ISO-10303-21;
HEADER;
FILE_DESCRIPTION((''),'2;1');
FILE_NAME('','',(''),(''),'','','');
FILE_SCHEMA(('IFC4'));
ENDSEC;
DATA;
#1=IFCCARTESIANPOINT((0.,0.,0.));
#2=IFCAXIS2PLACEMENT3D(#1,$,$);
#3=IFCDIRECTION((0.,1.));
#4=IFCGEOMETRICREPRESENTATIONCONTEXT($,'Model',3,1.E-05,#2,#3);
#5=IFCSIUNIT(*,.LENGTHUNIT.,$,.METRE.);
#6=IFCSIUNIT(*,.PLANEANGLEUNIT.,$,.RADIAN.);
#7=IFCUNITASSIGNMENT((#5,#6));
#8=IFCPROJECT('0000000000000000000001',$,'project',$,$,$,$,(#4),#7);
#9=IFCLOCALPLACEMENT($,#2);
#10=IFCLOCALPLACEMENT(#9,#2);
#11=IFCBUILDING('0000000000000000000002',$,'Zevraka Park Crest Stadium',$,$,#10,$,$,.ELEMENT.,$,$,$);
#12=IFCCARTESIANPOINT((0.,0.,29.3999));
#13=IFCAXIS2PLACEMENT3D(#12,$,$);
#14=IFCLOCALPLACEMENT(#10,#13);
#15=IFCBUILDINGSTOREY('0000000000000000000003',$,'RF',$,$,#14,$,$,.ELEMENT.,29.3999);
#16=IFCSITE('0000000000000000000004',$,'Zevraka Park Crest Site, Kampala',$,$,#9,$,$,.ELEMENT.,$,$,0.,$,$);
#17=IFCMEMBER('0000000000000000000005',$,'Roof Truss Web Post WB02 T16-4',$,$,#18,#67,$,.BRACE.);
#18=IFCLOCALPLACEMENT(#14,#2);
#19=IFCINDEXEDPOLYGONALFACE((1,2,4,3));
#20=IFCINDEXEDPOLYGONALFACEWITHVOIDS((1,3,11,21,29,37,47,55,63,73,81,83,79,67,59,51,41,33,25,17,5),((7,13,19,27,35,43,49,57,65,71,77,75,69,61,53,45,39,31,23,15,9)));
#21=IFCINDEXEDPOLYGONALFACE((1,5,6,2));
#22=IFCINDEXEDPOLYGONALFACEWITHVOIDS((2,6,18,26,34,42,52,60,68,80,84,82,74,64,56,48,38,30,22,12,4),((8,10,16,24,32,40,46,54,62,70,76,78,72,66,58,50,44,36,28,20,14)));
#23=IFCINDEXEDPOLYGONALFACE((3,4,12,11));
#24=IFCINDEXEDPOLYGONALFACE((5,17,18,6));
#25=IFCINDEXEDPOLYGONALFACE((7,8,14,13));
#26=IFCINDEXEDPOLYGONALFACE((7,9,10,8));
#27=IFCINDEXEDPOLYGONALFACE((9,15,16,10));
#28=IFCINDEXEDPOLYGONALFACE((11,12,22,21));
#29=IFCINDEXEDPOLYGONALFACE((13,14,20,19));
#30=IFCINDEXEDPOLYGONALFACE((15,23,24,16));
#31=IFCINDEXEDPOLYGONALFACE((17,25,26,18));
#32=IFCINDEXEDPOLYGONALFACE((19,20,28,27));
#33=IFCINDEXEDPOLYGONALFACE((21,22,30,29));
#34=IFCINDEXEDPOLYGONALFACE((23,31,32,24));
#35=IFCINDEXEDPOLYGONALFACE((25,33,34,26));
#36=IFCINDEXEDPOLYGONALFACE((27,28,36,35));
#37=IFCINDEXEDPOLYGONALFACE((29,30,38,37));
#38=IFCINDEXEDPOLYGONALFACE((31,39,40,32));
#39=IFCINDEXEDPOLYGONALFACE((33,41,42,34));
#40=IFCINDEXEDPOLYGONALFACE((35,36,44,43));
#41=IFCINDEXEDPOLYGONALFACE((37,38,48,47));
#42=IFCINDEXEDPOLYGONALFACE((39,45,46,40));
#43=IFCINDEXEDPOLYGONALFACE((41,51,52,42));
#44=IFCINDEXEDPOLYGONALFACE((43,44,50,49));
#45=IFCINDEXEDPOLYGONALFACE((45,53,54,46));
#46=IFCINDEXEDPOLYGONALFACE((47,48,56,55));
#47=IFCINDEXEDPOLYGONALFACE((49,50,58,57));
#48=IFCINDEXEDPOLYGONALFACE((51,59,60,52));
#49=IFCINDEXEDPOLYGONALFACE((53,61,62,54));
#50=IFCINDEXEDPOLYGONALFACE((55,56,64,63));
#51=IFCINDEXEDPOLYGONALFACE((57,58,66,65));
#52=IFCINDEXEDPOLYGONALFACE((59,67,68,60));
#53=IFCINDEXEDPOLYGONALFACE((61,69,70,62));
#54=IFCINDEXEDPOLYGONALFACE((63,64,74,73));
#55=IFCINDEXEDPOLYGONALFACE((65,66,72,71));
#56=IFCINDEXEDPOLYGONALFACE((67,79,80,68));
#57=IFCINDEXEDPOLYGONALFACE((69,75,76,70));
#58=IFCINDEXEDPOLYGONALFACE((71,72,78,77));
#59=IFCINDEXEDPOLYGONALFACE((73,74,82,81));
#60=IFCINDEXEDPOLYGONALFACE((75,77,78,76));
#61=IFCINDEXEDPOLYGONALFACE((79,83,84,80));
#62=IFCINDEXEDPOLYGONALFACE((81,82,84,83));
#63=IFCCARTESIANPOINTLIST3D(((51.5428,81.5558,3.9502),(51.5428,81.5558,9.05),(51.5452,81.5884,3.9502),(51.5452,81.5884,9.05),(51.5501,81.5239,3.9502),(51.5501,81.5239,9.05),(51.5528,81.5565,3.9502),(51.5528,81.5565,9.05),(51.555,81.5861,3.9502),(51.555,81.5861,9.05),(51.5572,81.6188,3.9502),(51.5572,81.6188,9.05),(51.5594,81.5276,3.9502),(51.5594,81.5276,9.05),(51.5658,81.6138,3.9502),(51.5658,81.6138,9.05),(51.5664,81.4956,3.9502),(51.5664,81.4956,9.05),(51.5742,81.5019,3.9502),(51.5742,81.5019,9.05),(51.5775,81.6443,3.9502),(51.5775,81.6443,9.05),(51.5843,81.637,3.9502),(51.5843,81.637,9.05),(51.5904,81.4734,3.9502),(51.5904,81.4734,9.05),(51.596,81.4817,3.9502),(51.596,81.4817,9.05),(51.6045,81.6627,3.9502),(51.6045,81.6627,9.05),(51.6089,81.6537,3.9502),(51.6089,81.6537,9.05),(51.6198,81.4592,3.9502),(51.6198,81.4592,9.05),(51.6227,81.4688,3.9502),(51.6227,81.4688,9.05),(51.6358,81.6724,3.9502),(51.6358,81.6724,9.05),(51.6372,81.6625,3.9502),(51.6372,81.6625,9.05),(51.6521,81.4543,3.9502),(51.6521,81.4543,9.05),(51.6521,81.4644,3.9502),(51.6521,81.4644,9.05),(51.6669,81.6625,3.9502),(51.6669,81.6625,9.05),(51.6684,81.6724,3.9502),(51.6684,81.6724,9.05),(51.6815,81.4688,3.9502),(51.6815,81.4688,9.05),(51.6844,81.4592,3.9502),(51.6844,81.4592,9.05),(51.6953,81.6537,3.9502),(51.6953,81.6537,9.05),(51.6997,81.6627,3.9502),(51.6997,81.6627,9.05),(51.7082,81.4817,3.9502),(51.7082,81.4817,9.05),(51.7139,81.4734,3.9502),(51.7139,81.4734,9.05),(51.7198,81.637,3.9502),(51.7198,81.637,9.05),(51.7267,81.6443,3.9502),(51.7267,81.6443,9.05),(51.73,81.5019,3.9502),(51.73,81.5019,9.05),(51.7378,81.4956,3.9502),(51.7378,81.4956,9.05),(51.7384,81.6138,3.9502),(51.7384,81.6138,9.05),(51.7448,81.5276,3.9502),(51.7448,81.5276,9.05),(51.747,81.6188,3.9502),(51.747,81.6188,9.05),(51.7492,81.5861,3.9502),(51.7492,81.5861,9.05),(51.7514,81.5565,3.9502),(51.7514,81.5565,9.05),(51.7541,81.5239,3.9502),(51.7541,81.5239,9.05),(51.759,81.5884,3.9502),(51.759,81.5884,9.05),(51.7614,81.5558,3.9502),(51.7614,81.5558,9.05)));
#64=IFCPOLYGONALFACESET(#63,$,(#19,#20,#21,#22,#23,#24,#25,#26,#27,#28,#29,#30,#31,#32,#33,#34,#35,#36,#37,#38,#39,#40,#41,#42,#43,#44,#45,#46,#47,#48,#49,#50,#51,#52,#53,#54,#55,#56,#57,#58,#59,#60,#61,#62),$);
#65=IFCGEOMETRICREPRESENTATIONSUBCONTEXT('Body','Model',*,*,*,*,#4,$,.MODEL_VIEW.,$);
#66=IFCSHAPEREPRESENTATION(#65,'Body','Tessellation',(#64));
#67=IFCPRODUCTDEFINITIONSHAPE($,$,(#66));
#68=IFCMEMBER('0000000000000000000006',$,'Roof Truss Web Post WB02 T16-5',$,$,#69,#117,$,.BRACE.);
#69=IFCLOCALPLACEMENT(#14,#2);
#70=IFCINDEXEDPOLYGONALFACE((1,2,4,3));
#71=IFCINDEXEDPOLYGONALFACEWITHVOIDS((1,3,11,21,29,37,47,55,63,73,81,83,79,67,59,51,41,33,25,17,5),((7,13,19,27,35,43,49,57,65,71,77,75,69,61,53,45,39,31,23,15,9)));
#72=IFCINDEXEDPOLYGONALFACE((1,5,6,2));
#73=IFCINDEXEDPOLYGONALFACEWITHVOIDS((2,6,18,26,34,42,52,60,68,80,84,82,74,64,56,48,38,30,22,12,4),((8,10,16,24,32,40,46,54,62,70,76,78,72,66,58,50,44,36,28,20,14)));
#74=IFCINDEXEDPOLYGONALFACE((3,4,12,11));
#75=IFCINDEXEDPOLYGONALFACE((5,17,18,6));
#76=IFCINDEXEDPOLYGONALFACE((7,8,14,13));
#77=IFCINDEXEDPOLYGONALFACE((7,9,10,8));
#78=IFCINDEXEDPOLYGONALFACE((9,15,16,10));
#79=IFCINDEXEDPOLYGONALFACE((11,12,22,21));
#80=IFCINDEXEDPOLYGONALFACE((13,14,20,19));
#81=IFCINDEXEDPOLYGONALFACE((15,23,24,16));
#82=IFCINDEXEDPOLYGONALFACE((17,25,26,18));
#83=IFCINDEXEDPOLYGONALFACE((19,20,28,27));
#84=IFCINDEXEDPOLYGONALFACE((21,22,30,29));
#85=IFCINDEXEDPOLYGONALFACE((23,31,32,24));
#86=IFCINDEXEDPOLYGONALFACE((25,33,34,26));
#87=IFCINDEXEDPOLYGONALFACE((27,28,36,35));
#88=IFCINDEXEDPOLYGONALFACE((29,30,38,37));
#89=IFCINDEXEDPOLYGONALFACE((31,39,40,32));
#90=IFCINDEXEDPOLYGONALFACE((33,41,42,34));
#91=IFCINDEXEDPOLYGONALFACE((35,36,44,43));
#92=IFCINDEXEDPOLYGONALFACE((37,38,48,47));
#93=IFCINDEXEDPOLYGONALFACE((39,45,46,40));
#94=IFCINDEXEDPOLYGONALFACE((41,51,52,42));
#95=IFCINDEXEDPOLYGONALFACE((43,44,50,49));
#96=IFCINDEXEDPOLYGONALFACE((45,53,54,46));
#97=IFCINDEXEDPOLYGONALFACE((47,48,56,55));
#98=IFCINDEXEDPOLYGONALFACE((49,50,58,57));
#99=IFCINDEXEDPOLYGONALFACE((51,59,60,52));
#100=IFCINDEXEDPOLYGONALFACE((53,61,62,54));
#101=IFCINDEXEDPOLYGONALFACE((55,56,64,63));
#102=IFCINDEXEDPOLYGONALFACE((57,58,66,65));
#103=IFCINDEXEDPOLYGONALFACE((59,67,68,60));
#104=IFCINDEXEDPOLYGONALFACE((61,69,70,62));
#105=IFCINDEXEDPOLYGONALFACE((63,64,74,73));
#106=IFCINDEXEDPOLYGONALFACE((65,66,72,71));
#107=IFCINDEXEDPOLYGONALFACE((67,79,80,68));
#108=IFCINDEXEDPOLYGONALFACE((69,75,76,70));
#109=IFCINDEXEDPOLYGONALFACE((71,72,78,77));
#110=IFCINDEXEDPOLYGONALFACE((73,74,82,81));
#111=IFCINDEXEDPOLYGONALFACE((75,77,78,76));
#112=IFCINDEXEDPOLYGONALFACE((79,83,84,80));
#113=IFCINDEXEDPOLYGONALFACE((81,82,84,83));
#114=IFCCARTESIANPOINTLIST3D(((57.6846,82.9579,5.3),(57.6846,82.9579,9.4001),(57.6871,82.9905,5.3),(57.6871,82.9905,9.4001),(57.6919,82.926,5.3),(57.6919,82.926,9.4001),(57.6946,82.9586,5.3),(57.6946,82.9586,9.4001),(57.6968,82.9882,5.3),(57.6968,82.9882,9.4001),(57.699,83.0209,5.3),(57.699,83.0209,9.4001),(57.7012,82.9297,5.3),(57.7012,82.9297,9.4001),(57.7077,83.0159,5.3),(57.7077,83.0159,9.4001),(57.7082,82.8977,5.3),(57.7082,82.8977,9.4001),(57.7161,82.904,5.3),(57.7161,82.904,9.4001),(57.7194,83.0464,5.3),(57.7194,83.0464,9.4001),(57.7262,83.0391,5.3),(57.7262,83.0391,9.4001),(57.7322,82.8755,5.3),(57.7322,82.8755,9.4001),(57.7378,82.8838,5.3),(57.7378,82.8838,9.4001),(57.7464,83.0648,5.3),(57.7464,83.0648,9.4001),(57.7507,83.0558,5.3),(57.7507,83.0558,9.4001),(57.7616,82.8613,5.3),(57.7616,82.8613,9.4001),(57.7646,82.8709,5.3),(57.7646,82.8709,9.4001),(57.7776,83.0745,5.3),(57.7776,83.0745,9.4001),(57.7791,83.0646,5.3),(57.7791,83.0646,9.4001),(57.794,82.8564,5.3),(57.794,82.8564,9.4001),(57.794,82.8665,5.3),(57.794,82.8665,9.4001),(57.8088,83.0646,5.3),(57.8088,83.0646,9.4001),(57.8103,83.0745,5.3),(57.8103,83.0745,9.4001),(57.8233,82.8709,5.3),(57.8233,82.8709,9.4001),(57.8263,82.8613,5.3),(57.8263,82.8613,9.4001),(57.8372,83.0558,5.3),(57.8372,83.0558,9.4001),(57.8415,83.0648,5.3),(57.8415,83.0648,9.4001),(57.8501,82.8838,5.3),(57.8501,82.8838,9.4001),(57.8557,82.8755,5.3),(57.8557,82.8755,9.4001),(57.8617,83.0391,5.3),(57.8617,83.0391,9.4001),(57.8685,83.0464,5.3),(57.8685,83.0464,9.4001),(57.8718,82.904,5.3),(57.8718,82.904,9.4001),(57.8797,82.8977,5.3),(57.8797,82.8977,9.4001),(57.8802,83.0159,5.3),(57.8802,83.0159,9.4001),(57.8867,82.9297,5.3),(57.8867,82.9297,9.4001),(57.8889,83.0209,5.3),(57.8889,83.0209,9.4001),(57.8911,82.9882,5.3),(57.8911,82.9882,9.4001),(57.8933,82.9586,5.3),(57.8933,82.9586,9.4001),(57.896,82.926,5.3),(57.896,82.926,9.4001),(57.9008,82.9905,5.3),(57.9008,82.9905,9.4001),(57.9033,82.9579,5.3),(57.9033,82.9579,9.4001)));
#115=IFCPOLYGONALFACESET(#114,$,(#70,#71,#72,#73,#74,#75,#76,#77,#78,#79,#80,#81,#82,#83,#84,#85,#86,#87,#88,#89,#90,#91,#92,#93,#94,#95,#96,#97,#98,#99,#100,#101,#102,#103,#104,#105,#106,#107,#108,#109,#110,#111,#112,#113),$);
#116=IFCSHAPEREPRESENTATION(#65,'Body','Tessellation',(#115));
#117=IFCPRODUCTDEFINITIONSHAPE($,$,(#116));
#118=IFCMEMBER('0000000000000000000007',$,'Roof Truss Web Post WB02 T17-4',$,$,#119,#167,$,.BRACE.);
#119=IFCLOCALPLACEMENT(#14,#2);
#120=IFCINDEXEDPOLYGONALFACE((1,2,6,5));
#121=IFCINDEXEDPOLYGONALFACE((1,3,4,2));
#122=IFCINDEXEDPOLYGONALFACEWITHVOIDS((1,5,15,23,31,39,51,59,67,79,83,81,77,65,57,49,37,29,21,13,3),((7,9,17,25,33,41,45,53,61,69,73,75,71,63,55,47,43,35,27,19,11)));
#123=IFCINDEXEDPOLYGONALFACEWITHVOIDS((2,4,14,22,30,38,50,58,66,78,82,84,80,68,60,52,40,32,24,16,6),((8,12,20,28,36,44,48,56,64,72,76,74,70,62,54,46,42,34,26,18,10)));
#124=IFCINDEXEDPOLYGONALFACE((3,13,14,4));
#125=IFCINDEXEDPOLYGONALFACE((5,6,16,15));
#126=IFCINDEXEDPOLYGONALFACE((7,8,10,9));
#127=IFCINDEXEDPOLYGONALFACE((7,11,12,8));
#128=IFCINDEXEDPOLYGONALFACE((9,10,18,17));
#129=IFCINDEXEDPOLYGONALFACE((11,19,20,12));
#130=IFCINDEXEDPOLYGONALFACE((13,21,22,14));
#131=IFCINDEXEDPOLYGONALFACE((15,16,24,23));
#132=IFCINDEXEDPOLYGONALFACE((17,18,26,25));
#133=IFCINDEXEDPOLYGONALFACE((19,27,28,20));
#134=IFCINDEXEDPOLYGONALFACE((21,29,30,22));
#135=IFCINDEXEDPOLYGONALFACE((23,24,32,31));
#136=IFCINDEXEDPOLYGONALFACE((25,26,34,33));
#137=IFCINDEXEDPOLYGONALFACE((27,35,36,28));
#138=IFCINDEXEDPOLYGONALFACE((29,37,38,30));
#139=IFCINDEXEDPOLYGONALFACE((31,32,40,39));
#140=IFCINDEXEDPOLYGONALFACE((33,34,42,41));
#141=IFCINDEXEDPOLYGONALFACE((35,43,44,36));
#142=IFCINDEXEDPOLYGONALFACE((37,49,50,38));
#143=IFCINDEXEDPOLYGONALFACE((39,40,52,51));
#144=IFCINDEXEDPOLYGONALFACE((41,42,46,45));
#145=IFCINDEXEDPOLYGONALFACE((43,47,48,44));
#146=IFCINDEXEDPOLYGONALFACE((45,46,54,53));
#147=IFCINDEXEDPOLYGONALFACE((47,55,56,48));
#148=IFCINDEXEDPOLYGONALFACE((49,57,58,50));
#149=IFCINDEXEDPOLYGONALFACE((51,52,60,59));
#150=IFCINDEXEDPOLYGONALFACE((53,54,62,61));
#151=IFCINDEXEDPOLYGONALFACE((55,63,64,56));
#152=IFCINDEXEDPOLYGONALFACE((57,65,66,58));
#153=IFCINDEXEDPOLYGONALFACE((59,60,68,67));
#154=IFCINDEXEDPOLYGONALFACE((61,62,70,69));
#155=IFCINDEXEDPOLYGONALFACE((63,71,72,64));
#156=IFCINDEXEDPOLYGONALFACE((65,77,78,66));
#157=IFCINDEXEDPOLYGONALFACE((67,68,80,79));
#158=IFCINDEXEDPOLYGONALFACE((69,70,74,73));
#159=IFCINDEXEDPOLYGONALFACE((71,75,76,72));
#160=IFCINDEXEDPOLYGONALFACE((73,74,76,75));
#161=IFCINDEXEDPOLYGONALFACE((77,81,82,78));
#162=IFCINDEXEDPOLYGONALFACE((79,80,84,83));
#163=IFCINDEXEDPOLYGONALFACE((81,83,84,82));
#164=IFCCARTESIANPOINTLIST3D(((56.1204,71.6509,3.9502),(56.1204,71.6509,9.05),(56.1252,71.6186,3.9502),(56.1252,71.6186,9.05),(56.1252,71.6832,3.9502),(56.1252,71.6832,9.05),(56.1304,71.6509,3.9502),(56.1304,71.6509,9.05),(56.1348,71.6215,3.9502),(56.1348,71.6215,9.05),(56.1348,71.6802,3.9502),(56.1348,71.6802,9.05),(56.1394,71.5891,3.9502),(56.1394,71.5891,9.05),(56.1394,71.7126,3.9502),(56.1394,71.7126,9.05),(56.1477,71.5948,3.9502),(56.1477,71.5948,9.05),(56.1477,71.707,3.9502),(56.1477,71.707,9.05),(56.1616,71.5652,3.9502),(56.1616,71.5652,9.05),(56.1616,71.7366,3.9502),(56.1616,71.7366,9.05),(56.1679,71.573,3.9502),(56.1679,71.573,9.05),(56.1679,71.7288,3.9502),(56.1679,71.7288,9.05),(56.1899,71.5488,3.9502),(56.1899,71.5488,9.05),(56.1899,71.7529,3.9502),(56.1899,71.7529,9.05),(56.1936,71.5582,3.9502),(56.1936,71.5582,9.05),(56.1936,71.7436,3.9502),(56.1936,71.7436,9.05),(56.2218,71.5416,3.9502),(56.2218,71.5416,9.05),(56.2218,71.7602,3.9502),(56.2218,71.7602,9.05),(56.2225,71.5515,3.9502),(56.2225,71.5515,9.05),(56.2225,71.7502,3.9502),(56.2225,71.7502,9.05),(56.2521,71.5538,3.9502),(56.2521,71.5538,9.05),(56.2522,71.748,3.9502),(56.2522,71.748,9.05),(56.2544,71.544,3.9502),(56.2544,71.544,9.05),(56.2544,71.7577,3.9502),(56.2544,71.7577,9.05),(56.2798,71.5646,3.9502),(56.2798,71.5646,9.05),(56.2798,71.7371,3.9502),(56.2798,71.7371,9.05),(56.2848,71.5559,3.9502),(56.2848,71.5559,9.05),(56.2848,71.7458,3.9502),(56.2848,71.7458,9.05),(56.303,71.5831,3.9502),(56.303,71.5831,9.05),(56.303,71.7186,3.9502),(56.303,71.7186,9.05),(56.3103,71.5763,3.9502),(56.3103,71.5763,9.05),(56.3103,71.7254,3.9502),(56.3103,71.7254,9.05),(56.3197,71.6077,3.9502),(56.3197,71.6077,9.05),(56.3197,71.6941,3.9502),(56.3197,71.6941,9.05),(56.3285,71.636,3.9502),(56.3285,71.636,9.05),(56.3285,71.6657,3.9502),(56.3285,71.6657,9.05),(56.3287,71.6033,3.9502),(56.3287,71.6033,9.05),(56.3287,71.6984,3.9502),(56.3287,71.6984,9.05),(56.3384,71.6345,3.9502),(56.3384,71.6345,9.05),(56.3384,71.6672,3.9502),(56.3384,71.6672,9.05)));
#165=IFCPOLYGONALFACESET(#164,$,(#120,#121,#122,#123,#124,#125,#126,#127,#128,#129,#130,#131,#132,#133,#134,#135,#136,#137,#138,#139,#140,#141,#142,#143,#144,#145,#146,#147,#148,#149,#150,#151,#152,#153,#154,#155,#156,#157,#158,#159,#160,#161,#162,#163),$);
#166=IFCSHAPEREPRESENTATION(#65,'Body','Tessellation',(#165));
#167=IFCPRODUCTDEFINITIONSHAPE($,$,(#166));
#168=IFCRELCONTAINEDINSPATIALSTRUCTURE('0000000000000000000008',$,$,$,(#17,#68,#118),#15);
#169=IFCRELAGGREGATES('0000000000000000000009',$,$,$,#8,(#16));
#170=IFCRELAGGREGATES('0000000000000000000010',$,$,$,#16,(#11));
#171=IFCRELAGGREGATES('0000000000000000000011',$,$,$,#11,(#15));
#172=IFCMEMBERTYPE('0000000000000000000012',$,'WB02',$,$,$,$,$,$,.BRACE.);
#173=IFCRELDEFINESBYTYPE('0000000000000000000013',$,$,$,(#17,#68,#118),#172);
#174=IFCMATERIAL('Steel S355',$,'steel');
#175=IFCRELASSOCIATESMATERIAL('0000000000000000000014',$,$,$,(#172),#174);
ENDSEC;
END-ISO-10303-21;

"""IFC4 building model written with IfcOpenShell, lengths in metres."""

from ifc_helpers import new_model, si_unit, direction, frame, origin, origin_2d, place, context, subcontext, project, spatial, hollow_circle, extrude, material, material_profile, profile_set, type_object, element, save


model = new_model("IFC4")

# Units and contexts
model_context = context("Model", 3, precision=1e-05, world=origin(), true_north=direction((0.0, 1.0)))
body_context = subcontext(model_context, "Body", "Model", "MODEL_VIEW")
ifc_project = project(units=[si_unit("LENGTHUNIT", "METRE"), si_unit("PLANEANGLEUNIT", "RADIAN")], contexts=[model_context])

# Site, building, storey
site_placement = place(None, origin())
site = spatial("IfcSite", under=ifc_project, at=site_placement, Name="Zevraka Park Crest Site, Kampala", CompositionType="ELEMENT", RefElevation=0.0)
building_placement = place(site_placement, origin())
building = spatial("IfcBuilding", under=site, at=building_placement, Name="Zevraka Park Crest Stadium", CompositionType="ELEMENT")
storey_placement = place(building_placement, frame((0.0, 0.0, 29.3999)))
storey = spatial("IfcBuildingStorey", under=building, at=storey_placement, Name="RF", CompositionType="ELEMENT", Elevation=29.3999)

# Members
ifc_material_1 = material(Name="Steel S355", Category="steel")
ifc_material_profile_1 = material_profile(ifc_material_1, hollow_circle(Radius=0.1096, WallThickness=0.01, at=origin_2d()), Name="CHS 219.1x10")
ifc_profile_set_1 = profile_set([ifc_material_profile_1], Name="Steel S355")
member_type_1 = type_object("IfcMemberType", Name="WB02", PredefinedType="BRACE", material=ifc_profile_set_1)
member_1_placement = place(storey_placement, frame((51.6521, 81.564, 3.9502), z_axis=(0.0, 0.0, 1.0), x_axis=(0.974917, 0.22257, 0.0)))
element("IfcMember", 1, at=member_1_placement, inside=storey, type_object=member_type_1, Name="Roof Truss Web Post WB02 T16-4", PredefinedType="BRACE", context=body_context, shape_type="SweptSolid", body=[
    extrude(hollow_circle(Radius=0.1096, WallThickness=0.01, at=origin_2d()), origin(), (0.0, 0.0, 1.0), 5.0999),
])
member_2_placement = place(storey_placement, frame((57.7939, 82.9661, 5.3), z_axis=(0.0, 0.0, 1.0), x_axis=(0.974917, 0.22257, 0.0)))
element("IfcMember", 2, at=member_2_placement, inside=storey, type_object=member_type_1, Name="Roof Truss Web Post WB02 T16-5", PredefinedType="BRACE", context=body_context, shape_type="SweptSolid", body=[
    extrude(hollow_circle(Radius=0.1096, WallThickness=0.01, at=origin_2d()), origin(), (0.0, 0.0, 1.0), 4.1001),
])
member_3_placement = place(storey_placement, frame((56.23, 71.6509, 3.9502), z_axis=(0.0, 0.0, 1.0), x_axis=(0.901001, 0.433816, 0.0)))
element("IfcMember", 3, at=member_3_placement, inside=storey, type_object=member_type_1, Name="Roof Truss Web Post WB02 T17-4", PredefinedType="BRACE", context=body_context, shape_type="SweptSolid", body=[
    extrude(hollow_circle(Radius=0.1096, WallThickness=0.01, at=origin_2d()), origin(), (0.0, 0.0, 1.0), 5.0999),
])

save(model, "model.ifc")
